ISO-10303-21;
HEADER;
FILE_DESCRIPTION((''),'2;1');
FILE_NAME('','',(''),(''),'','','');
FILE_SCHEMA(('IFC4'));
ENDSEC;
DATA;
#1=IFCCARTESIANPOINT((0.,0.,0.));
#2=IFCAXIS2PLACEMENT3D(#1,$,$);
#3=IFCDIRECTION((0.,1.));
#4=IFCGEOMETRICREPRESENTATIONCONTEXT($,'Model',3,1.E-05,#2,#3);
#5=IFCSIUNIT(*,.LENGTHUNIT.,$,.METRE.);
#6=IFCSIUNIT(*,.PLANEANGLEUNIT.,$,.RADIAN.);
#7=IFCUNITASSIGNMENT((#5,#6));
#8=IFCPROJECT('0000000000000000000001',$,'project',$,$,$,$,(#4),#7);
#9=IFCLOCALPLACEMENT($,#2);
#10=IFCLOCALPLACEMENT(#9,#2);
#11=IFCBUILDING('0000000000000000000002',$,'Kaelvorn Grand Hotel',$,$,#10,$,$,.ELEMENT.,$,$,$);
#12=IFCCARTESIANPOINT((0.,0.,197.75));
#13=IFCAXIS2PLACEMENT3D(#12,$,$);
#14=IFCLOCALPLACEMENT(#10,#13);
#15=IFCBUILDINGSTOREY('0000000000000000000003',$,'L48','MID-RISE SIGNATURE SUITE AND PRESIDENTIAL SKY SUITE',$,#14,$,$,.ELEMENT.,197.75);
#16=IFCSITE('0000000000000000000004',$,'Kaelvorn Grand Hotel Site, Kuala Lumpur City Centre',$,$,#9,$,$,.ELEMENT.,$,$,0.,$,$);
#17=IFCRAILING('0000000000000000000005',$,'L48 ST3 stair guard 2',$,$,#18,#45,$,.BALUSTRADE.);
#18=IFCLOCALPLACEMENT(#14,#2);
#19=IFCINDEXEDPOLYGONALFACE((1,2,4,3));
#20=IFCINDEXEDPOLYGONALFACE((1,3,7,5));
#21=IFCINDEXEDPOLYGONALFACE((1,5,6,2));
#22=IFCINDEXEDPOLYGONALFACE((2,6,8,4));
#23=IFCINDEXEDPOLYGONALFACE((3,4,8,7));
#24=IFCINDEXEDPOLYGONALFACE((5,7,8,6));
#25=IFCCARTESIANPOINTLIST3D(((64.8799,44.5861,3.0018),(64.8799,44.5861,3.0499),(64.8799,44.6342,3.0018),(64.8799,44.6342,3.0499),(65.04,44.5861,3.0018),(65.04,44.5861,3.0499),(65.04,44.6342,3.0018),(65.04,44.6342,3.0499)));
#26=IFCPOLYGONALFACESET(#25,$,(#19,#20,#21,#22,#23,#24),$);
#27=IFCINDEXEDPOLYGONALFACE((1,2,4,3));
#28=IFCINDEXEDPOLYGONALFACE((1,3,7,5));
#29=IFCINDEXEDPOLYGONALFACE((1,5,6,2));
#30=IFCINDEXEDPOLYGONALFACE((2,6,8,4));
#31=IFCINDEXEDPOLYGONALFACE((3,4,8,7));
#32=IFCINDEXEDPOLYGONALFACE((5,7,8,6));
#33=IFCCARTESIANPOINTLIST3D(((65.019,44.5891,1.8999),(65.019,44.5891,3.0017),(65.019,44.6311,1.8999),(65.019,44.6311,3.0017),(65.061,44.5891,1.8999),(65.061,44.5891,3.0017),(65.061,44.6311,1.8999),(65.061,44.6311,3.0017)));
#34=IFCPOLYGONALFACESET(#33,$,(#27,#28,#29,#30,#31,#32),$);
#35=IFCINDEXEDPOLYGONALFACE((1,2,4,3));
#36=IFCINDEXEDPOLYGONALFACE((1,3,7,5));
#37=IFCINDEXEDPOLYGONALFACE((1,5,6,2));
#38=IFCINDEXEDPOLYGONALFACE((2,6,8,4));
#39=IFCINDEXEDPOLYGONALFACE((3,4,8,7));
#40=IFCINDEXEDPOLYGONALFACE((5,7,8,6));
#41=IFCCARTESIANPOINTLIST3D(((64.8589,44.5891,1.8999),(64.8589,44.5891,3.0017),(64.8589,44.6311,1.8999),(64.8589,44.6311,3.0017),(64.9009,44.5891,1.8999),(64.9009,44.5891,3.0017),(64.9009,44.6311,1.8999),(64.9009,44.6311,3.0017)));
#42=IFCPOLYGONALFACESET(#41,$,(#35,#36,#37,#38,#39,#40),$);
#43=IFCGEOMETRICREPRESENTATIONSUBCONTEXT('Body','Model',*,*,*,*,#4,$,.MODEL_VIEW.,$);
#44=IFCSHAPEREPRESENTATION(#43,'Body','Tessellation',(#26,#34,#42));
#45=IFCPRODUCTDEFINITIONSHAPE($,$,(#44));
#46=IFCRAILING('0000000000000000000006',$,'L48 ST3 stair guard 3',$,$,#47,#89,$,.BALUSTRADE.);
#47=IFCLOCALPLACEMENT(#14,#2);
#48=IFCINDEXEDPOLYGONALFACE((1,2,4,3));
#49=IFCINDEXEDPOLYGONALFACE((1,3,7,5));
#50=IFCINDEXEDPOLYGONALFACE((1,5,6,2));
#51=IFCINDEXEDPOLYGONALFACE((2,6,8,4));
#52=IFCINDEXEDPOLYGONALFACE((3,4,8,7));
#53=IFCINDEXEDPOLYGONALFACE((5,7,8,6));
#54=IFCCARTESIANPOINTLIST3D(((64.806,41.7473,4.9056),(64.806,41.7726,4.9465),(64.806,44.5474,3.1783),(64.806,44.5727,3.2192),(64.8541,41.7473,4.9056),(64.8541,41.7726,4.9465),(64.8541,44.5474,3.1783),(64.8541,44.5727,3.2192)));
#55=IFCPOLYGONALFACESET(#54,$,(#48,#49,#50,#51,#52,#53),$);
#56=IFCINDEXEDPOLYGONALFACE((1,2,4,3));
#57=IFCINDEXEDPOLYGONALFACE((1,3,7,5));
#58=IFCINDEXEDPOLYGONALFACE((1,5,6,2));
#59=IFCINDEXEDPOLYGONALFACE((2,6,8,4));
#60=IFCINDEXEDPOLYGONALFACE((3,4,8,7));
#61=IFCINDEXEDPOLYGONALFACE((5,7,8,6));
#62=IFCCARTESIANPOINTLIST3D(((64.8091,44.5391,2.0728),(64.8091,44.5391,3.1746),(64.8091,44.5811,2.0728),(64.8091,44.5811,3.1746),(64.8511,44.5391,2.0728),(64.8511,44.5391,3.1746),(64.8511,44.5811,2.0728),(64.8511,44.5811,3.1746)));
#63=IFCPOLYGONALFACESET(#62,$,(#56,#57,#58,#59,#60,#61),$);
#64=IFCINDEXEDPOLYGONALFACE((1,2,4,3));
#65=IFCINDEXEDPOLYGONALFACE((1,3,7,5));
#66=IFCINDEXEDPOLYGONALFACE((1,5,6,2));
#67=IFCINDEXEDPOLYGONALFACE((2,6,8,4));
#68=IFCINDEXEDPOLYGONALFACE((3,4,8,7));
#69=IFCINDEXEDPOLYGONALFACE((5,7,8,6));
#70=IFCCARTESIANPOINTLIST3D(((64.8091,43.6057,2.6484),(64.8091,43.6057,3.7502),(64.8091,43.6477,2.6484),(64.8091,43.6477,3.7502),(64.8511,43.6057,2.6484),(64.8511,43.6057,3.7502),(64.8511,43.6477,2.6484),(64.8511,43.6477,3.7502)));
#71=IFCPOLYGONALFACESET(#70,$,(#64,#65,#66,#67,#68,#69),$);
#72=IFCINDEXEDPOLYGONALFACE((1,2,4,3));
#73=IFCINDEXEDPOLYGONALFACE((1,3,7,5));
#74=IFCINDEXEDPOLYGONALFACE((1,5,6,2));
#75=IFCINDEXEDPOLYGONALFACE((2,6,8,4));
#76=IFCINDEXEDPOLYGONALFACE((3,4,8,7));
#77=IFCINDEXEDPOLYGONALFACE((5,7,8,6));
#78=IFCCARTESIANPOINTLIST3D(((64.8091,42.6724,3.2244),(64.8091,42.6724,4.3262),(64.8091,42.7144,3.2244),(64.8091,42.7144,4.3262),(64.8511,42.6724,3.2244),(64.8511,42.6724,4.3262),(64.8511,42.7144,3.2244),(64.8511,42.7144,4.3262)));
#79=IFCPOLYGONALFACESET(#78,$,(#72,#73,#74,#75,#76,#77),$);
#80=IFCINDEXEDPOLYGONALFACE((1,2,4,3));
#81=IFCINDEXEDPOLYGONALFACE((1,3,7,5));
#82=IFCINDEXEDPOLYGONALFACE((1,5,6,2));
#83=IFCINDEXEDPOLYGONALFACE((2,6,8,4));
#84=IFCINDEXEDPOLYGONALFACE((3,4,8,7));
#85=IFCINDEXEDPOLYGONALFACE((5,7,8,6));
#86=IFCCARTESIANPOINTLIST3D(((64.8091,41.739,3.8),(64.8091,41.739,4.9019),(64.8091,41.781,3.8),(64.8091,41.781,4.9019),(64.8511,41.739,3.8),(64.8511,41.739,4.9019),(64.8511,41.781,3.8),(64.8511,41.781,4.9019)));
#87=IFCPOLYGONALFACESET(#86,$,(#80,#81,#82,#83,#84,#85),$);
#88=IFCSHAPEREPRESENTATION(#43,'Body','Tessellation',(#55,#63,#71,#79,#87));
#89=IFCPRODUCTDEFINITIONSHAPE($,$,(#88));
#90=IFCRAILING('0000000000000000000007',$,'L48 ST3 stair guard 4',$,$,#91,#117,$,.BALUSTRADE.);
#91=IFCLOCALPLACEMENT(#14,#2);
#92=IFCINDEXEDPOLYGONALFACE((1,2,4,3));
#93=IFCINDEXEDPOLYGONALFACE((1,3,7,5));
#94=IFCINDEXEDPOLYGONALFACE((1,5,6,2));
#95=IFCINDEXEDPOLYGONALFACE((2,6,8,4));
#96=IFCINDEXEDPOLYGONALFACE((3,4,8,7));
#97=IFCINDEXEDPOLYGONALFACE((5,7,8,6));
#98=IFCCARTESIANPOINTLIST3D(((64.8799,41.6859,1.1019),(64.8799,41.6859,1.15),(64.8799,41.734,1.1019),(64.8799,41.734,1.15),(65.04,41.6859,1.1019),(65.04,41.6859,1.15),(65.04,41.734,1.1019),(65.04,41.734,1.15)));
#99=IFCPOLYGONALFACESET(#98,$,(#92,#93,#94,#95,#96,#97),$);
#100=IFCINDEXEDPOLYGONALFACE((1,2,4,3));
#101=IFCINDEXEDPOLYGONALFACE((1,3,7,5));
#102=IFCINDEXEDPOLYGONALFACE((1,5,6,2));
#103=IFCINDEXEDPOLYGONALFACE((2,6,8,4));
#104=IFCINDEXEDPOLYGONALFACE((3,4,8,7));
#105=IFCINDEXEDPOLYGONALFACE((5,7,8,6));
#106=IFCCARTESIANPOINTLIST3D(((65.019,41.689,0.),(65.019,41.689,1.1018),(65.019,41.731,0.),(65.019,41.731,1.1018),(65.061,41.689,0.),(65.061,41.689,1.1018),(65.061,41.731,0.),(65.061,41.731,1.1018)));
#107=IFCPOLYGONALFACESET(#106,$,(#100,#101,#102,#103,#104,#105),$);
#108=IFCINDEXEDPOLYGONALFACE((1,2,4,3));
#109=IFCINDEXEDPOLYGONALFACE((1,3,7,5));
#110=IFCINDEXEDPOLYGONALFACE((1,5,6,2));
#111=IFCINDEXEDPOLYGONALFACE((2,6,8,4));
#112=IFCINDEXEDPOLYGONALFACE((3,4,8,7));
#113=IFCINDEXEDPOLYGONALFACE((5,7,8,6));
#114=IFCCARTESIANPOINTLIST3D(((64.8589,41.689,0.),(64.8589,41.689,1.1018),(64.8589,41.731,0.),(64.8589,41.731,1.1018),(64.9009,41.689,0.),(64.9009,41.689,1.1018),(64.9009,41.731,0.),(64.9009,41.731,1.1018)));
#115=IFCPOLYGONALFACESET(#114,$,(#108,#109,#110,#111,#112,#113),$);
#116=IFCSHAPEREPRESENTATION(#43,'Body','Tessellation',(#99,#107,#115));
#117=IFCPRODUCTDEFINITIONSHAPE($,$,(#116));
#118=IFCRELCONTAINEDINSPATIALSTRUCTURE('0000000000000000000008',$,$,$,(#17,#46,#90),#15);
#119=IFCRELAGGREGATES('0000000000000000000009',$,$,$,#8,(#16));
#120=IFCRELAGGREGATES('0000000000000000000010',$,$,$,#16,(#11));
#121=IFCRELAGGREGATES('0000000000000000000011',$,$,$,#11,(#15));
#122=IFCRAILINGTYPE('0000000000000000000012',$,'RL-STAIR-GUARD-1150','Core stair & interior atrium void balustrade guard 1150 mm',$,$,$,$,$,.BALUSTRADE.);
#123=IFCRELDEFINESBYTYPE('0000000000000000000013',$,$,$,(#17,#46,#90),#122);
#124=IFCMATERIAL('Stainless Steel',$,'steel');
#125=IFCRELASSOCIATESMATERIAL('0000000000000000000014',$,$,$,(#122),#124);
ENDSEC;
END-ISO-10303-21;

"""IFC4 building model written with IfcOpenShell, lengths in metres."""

from ifc_helpers import new_model, si_unit, direction, frame, origin, origin_2d, place, context, subcontext, project, spatial, rectangle, extrude, material, type_object, element, save


model = new_model("IFC4")

# Units and contexts
model_context = context("Model", 3, precision=1e-05, world=origin(), true_north=direction((0.0, 1.0)))
body_context = subcontext(model_context, "Body", "Model", "MODEL_VIEW")
ifc_project = project(units=[si_unit("LENGTHUNIT", "METRE"), si_unit("PLANEANGLEUNIT", "RADIAN")], contexts=[model_context])

# Site, building, storey
site_placement = place(None, origin())
site = spatial("IfcSite", under=ifc_project, at=site_placement, Name="Kaelvorn Grand Hotel Site, Kuala Lumpur City Centre", CompositionType="ELEMENT", RefElevation=0.0)
building_placement = place(site_placement, origin())
building = spatial("IfcBuilding", under=site, at=building_placement, Name="Kaelvorn Grand Hotel", CompositionType="ELEMENT")
storey_placement = place(building_placement, frame((0.0, 0.0, 197.75)))
storey = spatial("IfcBuildingStorey", under=building, at=storey_placement, Name="L48", Description="MID-RISE SIGNATURE SUITE AND PRESIDENTIAL SKY SUITE", CompositionType="ELEMENT", Elevation=197.75)

# Shared definitions
ifc_material_1 = material(Name="Stainless Steel", Category="steel")

# Railings
railing_type_1 = type_object("IfcRailingType", Name="RL-STAIR-GUARD-1150", Description="Core stair & interior atrium void balustrade guard 1150 mm", PredefinedType="BALUSTRADE", material=ifc_material_1)
railing_1_placement = place(storey_placement, frame((65.04, 44.6101, 1.8999)))
element("IfcRailing", 1, at=railing_1_placement, inside=storey, type_object=railing_type_1, Name="L48 ST3 stair guard 2", PredefinedType="BALUSTRADE", context=body_context, shape_type="SweptSolid", body=[
    extrude(rectangle(XDim=0.0481, YDim=0.0481, at=origin_2d()), frame((0.0, 0.0, 1.126), z_axis=(-1.0, 0.0, 0.0), x_axis=(0.0, -1.0, 0.0)), (0.0, 0.0, 1.0), 0.1602),
    extrude(rectangle(XDim=0.042, YDim=0.042, at=origin_2d()), origin(), (0.0, 0.0, 1.0), 1.1018),
    extrude(rectangle(XDim=0.042, YDim=0.042, at=origin_2d()), frame((-0.1602, 0.0, 0.0)), (0.0, 0.0, 1.0), 1.1018),
])
railing_2_placement = place(storey_placement, frame((64.8301, 44.5601, 2.0728)))
element("IfcRailing", 2, at=railing_2_placement, inside=storey, type_object=railing_type_1, Name="L48 ST3 stair guard 3", PredefinedType="BALUSTRADE", context=body_context, shape_type="SweptSolid", body=[
    extrude(rectangle(XDim=0.0481, YDim=0.0481, at=origin_2d()), frame((0.0, 0.0, 1.126), z_axis=(0.0, -0.85109, 0.52502), x_axis=(1.0, 0.0, 0.0)), (0.0, 0.0, 1.0), 3.29),
    extrude(rectangle(XDim=0.042, YDim=0.042, at=origin_2d()), origin(), (0.0, 0.0, 1.0), 1.1018),
    extrude(rectangle(XDim=0.042, YDim=0.042, at=origin_2d()), frame((0.0, -0.9333, 0.5757)), (0.0, 0.0, 1.0), 1.1018),
    extrude(rectangle(XDim=0.042, YDim=0.042, at=origin_2d()), frame((0.0, -1.8667, 1.1516)), (0.0, 0.0, 1.0), 1.1018),
    extrude(rectangle(XDim=0.042, YDim=0.042, at=origin_2d()), frame((0.0, -2.8, 1.7273)), (0.0, 0.0, 1.0), 1.1018),
])
railing_3_placement = place(storey_placement, frame((65.04, 41.71, 0.0)))
element("IfcRailing", 3, at=railing_3_placement, inside=storey, type_object=railing_type_1, Name="L48 ST3 stair guard 4", PredefinedType="BALUSTRADE", context=body_context, shape_type="SweptSolid", body=[
    extrude(rectangle(XDim=0.0481, YDim=0.0481, at=origin_2d()), frame((0.0, 0.0, 1.126), z_axis=(-1.0, 0.0, 0.0), x_axis=(0.0, -1.0, 0.0)), (0.0, 0.0, 1.0), 0.1602),
    extrude(rectangle(XDim=0.042, YDim=0.042, at=origin_2d()), origin(), (0.0, 0.0, 1.0), 1.1018),
    extrude(rectangle(XDim=0.042, YDim=0.042, at=origin_2d()), frame((-0.1602, 0.0, 0.0)), (0.0, 0.0, 1.0), 1.1018),
])

save(model, "model.ifc")
